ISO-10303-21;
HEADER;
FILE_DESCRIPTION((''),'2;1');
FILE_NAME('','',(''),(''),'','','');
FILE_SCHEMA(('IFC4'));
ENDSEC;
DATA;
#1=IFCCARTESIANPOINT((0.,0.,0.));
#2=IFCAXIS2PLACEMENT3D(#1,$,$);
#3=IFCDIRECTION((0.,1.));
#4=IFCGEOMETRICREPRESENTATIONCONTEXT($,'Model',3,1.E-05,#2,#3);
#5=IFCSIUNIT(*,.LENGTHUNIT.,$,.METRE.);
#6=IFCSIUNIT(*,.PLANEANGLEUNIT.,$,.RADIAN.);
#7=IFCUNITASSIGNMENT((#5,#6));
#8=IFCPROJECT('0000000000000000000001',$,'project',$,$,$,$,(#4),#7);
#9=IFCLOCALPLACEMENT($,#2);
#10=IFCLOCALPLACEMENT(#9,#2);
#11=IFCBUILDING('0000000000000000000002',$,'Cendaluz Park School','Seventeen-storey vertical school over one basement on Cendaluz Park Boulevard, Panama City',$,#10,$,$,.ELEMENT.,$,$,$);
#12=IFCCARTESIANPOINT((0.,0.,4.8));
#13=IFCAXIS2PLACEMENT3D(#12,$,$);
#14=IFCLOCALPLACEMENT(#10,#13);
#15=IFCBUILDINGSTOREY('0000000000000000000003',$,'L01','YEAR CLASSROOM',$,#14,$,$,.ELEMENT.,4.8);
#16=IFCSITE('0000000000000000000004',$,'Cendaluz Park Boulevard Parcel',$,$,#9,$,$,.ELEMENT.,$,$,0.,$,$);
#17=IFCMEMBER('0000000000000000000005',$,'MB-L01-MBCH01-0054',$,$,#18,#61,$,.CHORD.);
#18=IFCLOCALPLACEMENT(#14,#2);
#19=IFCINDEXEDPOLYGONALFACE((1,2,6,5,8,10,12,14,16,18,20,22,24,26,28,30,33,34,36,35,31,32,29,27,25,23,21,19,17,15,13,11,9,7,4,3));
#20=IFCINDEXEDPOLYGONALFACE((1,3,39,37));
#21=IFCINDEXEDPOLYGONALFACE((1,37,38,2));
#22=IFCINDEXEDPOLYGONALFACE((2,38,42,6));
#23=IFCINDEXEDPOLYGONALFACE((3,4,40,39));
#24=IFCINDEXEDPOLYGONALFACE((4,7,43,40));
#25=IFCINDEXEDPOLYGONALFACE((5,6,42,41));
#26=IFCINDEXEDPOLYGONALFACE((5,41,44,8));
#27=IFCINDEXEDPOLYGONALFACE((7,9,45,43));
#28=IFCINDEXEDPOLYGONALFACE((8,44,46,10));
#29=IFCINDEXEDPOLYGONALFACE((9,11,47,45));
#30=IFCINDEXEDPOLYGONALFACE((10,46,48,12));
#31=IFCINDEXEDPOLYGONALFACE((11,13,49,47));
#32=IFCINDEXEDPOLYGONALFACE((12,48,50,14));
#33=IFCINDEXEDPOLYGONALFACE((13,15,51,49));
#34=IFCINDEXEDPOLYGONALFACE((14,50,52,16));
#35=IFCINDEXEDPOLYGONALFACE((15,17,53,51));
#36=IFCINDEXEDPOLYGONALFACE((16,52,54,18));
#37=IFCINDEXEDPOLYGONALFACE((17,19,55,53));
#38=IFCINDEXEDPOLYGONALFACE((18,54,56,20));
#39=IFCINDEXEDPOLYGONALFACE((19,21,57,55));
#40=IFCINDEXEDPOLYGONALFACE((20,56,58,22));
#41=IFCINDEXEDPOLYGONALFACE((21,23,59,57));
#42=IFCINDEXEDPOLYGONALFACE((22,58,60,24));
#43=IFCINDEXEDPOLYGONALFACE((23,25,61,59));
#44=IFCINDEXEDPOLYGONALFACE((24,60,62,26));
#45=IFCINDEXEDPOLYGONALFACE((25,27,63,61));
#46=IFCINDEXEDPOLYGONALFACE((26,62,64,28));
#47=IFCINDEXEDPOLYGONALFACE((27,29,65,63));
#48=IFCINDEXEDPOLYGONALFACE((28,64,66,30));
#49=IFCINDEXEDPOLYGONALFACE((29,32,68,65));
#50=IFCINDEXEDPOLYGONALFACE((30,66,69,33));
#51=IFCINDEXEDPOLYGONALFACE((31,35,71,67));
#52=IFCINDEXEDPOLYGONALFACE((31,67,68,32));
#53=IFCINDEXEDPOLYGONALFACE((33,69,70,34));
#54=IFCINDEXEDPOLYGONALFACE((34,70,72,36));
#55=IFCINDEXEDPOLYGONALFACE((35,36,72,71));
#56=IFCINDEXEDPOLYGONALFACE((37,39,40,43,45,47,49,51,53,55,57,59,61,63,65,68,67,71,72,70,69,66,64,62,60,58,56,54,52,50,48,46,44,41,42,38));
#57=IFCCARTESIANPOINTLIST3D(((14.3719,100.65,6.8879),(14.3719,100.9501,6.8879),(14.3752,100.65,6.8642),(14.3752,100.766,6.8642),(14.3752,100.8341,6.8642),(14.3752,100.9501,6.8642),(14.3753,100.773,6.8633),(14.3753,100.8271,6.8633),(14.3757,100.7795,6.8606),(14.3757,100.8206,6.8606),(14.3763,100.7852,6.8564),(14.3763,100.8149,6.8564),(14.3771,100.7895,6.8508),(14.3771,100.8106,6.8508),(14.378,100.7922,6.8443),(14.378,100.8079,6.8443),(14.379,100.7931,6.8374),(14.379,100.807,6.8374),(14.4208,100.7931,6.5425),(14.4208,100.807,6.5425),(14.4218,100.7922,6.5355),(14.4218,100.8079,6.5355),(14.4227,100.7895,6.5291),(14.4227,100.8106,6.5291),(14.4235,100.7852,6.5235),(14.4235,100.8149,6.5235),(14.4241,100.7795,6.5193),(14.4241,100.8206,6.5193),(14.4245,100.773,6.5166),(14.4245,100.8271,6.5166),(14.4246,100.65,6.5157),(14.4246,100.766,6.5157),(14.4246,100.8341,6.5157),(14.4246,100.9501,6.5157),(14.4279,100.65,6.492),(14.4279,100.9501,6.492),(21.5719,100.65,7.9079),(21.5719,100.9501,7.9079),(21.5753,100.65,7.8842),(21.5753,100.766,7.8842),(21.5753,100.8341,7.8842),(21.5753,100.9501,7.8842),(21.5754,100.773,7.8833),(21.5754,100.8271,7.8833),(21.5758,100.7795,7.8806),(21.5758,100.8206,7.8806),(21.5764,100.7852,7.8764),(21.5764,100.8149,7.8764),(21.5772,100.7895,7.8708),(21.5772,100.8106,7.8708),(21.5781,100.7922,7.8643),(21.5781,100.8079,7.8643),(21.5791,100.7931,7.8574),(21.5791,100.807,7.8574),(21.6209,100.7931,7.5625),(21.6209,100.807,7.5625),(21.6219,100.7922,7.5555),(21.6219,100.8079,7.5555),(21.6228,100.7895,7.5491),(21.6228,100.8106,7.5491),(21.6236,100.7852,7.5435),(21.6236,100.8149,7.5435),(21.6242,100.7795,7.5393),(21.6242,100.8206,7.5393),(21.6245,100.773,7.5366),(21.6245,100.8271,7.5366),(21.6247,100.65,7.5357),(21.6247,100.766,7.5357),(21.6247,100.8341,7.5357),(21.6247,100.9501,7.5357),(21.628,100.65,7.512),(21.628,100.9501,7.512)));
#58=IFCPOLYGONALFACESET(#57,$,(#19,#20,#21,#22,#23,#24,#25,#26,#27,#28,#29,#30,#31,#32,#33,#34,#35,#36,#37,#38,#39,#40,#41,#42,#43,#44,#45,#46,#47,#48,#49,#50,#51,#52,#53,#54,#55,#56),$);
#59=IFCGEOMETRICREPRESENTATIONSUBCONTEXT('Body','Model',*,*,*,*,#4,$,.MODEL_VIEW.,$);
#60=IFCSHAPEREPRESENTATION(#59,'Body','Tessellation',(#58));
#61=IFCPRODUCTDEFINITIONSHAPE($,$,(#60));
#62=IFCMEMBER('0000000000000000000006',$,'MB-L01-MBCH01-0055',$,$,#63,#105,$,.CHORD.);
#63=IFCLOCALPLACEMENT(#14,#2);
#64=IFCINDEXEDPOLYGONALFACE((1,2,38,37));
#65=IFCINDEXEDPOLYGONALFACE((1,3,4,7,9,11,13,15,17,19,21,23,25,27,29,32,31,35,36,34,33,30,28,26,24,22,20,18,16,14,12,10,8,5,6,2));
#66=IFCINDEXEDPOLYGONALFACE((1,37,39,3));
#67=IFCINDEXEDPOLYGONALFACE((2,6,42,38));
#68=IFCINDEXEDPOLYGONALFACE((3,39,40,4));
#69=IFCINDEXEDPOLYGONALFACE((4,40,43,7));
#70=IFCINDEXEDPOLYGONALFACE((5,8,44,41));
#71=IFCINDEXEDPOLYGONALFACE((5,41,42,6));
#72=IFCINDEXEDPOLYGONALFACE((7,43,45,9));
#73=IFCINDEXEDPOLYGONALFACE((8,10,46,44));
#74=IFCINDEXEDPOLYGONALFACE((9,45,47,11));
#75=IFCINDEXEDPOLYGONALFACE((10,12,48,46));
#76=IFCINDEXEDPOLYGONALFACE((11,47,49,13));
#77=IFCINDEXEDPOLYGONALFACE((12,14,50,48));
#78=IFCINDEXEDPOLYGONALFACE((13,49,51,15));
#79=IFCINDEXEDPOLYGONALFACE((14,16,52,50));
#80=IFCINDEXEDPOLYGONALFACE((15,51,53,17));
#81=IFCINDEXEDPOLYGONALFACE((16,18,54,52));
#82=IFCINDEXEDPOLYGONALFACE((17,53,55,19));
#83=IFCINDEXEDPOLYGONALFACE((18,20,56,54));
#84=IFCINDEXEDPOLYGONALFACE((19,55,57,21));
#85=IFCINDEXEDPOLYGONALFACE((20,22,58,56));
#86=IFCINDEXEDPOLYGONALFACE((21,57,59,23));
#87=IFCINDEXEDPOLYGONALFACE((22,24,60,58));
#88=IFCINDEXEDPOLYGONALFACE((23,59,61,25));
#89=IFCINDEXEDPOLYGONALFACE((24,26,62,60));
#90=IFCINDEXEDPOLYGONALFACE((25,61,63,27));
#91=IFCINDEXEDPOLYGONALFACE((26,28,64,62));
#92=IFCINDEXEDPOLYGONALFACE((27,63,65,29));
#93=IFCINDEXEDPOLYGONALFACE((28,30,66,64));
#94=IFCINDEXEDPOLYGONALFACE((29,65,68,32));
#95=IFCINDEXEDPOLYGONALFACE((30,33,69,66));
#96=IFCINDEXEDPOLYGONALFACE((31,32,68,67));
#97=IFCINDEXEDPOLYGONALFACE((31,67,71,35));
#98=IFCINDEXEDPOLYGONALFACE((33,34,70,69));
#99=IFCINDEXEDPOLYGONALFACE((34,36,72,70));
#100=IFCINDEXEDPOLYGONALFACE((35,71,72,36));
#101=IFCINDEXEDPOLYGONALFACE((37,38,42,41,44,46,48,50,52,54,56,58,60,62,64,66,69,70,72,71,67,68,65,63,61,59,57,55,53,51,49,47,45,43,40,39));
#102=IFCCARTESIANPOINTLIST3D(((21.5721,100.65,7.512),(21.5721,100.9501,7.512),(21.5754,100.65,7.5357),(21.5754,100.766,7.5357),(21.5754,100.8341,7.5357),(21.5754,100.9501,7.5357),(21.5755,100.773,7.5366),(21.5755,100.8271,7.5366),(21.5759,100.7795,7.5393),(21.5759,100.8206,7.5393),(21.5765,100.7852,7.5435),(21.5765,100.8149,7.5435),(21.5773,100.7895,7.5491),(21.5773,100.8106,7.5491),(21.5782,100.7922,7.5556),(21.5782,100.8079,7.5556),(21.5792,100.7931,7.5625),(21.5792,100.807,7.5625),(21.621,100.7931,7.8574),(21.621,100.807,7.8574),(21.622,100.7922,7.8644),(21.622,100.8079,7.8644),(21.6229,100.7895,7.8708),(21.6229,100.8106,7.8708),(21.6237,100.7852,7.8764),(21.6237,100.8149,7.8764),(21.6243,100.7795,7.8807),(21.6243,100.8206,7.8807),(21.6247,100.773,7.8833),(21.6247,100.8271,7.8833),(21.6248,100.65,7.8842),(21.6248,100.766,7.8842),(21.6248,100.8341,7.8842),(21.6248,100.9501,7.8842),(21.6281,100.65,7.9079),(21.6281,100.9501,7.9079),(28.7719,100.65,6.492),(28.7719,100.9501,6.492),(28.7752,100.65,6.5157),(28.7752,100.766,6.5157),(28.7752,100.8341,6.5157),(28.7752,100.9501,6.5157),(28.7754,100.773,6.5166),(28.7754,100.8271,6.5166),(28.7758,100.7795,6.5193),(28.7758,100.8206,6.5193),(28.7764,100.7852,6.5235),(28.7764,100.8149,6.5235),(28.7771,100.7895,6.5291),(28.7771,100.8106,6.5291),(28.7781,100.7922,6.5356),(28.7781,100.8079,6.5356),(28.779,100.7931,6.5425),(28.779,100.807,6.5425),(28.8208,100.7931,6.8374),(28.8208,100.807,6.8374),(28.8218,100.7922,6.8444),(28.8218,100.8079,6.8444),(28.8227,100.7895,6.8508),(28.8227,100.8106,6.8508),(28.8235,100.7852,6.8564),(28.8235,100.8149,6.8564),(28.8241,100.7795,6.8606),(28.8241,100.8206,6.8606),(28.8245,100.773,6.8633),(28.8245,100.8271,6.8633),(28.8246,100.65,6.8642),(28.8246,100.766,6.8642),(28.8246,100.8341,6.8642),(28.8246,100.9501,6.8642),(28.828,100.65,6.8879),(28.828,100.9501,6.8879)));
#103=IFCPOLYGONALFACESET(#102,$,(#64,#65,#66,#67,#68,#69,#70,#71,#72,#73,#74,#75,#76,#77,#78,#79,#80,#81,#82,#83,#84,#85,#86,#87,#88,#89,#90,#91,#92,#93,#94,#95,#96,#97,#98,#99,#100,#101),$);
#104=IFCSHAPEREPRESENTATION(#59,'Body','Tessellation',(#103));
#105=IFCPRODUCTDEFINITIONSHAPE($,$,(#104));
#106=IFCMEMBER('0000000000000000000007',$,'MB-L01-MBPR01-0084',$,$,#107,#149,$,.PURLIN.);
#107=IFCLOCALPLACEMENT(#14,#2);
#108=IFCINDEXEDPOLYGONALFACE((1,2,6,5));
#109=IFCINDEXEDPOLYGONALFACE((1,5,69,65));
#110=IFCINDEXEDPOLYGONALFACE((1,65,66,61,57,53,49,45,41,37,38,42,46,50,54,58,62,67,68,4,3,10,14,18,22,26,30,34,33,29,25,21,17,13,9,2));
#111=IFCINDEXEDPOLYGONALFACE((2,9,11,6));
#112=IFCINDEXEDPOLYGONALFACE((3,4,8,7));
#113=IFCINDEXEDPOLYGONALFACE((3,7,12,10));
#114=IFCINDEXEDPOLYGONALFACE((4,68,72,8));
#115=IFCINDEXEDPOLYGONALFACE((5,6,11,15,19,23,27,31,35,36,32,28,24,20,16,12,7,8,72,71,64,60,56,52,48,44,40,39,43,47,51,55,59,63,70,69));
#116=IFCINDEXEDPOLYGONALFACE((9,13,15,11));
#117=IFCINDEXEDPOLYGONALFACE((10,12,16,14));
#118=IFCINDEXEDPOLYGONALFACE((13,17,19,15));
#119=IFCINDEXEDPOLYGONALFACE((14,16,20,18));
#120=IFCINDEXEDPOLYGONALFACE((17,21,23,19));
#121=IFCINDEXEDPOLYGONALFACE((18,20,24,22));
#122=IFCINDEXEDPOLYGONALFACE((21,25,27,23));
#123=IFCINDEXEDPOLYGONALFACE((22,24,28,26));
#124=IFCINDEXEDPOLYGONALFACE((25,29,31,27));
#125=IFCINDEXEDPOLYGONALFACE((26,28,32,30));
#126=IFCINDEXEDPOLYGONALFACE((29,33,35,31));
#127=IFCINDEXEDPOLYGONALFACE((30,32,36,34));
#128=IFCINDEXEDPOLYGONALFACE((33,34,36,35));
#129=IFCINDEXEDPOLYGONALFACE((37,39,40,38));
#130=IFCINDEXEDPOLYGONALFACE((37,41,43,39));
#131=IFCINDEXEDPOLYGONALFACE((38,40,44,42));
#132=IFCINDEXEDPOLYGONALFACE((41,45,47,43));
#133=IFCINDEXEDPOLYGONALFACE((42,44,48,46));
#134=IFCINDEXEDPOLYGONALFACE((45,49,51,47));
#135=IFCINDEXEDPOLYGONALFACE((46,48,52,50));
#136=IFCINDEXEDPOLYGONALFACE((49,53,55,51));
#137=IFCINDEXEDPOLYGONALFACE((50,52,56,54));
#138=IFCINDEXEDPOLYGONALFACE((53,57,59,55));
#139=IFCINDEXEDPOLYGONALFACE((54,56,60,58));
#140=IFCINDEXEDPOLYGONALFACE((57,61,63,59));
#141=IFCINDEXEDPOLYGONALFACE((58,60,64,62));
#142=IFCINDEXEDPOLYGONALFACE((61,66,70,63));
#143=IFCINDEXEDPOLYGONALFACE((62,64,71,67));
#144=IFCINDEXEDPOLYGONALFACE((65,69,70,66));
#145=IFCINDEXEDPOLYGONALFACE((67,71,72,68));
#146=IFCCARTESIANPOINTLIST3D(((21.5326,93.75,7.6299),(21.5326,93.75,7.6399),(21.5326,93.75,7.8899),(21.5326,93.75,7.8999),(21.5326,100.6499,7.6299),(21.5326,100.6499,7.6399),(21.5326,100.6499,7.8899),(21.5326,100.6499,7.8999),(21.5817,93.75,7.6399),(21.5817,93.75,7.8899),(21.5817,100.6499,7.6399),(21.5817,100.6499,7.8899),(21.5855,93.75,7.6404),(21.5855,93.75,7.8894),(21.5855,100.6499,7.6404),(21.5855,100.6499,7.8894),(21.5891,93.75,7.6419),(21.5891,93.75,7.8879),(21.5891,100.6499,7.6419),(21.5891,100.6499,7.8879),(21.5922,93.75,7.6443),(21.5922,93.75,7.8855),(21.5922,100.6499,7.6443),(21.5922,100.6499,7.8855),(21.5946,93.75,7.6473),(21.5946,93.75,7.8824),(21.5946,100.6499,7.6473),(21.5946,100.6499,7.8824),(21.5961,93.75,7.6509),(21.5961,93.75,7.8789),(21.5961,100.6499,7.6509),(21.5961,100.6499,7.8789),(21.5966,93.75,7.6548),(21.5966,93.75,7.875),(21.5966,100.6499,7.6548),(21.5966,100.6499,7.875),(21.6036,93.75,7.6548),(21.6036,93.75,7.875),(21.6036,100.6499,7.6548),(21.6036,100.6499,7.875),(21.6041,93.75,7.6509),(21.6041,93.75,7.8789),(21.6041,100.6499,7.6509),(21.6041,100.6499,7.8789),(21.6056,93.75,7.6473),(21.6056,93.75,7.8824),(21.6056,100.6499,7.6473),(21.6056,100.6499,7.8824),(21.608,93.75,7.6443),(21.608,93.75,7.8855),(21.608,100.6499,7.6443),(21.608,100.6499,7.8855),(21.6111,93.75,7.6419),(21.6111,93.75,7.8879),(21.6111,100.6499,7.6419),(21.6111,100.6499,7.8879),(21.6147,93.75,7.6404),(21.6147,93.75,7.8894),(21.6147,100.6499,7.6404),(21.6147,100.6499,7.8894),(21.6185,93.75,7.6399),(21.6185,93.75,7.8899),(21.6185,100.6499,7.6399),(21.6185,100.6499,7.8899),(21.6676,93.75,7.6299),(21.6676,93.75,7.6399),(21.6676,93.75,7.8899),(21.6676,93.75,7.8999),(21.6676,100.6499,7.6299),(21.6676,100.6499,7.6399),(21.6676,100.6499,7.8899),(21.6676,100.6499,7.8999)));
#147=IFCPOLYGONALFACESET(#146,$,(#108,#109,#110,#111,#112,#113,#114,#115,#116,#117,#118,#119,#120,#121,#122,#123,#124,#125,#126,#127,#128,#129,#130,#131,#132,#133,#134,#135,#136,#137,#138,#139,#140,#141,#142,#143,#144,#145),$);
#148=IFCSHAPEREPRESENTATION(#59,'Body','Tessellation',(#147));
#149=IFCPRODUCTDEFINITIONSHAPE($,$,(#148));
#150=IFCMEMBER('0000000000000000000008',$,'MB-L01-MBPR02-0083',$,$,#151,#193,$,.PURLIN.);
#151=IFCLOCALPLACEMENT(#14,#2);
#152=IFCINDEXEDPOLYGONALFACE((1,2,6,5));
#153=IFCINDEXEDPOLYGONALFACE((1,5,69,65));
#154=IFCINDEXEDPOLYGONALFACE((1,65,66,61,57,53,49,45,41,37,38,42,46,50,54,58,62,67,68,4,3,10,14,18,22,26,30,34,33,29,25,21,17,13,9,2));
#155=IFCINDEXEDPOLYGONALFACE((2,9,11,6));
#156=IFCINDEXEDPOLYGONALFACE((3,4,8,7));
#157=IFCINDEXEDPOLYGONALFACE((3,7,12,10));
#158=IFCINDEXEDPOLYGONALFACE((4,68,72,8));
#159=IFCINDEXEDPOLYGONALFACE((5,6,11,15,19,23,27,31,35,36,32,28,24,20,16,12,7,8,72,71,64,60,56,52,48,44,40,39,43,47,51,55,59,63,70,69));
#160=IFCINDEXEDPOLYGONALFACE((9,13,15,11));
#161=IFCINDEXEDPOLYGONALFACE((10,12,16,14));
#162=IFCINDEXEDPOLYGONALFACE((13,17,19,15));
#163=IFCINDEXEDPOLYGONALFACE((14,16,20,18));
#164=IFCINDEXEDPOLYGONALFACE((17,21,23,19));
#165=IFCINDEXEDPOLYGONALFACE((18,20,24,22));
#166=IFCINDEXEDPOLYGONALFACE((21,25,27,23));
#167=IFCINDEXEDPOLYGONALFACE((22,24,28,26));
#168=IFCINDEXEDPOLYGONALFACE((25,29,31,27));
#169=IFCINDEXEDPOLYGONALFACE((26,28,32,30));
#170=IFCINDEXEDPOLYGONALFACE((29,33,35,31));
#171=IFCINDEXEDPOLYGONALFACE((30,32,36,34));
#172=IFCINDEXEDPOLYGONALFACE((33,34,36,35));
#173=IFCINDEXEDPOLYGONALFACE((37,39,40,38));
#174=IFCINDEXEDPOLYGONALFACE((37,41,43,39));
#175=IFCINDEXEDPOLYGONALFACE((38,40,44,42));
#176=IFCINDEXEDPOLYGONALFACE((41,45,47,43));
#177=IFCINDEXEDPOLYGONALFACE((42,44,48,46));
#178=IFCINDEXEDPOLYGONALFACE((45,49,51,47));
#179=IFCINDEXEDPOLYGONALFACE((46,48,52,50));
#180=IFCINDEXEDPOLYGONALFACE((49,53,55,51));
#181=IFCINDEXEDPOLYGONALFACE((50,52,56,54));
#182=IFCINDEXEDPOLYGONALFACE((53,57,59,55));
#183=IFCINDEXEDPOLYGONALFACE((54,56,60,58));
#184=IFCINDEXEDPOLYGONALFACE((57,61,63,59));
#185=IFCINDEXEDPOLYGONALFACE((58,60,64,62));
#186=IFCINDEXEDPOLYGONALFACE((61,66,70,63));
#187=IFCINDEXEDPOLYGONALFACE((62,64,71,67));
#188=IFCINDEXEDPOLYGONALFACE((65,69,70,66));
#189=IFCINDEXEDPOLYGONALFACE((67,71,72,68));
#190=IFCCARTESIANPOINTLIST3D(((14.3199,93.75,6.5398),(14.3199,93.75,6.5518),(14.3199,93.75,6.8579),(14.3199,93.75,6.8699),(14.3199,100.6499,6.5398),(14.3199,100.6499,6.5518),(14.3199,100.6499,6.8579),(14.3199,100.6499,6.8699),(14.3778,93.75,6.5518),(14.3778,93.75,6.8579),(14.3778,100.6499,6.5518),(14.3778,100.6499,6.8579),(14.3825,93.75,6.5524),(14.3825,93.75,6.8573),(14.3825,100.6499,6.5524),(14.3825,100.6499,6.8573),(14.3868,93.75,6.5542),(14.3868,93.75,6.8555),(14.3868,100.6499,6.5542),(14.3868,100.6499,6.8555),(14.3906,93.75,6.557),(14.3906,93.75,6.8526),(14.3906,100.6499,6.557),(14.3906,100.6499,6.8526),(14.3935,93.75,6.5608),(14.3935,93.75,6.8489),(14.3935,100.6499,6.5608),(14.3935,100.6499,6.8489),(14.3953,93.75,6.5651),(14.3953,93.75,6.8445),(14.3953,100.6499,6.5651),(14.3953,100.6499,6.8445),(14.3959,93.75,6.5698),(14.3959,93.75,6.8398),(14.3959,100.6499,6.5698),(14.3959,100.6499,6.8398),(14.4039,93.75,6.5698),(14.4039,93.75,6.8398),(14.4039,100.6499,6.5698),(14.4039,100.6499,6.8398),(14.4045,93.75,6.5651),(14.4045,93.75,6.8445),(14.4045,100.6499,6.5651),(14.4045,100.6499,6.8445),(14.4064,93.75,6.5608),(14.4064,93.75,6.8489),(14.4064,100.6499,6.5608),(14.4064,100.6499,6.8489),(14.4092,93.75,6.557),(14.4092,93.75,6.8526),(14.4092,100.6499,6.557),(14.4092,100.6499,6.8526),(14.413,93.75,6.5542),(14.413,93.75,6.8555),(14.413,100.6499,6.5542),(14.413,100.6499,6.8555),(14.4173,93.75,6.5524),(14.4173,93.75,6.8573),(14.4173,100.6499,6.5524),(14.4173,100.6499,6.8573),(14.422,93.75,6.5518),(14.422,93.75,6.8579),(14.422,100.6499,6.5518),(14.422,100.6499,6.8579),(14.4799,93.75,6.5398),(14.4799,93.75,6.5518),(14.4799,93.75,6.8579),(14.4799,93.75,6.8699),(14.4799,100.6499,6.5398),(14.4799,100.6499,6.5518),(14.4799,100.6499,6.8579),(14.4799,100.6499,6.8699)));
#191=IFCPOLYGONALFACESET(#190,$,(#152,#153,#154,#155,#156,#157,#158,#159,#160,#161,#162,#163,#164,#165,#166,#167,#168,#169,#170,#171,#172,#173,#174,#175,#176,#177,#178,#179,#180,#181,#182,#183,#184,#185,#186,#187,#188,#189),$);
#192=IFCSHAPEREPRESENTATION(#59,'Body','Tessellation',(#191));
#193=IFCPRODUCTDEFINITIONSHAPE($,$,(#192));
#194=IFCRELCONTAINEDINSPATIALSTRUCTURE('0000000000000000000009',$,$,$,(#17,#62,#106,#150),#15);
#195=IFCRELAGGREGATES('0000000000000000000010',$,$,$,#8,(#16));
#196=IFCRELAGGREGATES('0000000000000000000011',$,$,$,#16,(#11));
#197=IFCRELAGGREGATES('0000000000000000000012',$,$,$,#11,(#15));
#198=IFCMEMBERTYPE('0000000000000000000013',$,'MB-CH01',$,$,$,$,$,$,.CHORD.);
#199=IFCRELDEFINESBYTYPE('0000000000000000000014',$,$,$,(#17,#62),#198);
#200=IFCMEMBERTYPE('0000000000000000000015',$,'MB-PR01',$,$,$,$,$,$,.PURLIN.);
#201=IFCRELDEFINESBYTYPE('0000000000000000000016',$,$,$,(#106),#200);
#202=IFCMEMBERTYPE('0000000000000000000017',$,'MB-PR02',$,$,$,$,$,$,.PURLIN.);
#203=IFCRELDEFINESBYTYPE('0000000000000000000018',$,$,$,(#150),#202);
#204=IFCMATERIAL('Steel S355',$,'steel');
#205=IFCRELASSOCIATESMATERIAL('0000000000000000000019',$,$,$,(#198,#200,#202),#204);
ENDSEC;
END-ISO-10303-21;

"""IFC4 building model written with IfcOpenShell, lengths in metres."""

from ifc_helpers import new_model, si_unit, direction, frame, origin, origin_2d, place, context, subcontext, project, spatial, i_section, extrude, material, material_profile, profile_set, type_object, element, save


model = new_model("IFC4")

# Units and contexts
model_context = context("Model", 3, precision=1e-05, world=origin(), true_north=direction((0.0, 1.0)))
body_context = subcontext(model_context, "Body", "Model", "MODEL_VIEW")
ifc_project = project(units=[si_unit("LENGTHUNIT", "METRE"), si_unit("PLANEANGLEUNIT", "RADIAN")], contexts=[model_context])

# Site, building, storey
site_placement = place(None, origin())
site = spatial("IfcSite", under=ifc_project, at=site_placement, Name="Cendaluz Park Boulevard Parcel", CompositionType="ELEMENT", RefElevation=0.0)
building_placement = place(site_placement, origin())
building = spatial("IfcBuilding", under=site, at=building_placement, Name="Cendaluz Park School", Description="Seventeen-storey vertical school over one basement on Cendaluz Park Boulevard, Panama City", CompositionType="ELEMENT")
storey_placement = place(building_placement, frame((0.0, 0.0, 4.8)))
storey = spatial("IfcBuildingStorey", under=building, at=storey_placement, Name="L01", Description="YEAR CLASSROOM", CompositionType="ELEMENT", Elevation=4.8)

# Members
ifc_material_1 = material(Name="Steel S355", Category="steel")
ifc_material_profile_1 = material_profile(ifc_material_1, i_section(OverallWidth=0.3, OverallDepth=0.3999, WebThickness=0.0139, FlangeThickness=0.0239, FilletRadius=0.0271, at=origin_2d()), Name="HEB 400", Category="steel")
ifc_profile_set_1 = profile_set([ifc_material_profile_1], Name="Steel S355")
member_type_1 = type_object("IfcMemberType", Name="MB-CH01", PredefinedType="CHORD", material=ifc_profile_set_1)
member_1_placement = place(storey_placement, frame((14.3999, 100.8, 6.6899), z_axis=(0.990114, 0.0, 0.140265), x_axis=(0.0, 1.0, 0.0)))
element("IfcMember", 1, at=member_1_placement, inside=storey, type_object=member_type_1, Name="MB-L01-MBCH01-0054", PredefinedType="CHORD", context=body_context, shape_type="SweptSolid", body=[
    extrude(i_section(OverallWidth=0.3, OverallDepth=0.3999, WebThickness=0.0139, FlangeThickness=0.0239, FilletRadius=0.0271, at=origin_2d()), origin(), (0.0, 0.0, 1.0), 7.272),
])
member_2_placement = place(storey_placement, frame((21.6001, 100.8, 7.71), z_axis=(0.990113, 0.0, -0.14027), x_axis=(0.0, 1.0, 0.0)))
element("IfcMember", 2, at=member_2_placement, inside=storey, type_object=member_type_1, Name="MB-L01-MBCH01-0055", PredefinedType="CHORD", context=body_context, shape_type="SweptSolid", body=[
    extrude(i_section(OverallWidth=0.3, OverallDepth=0.3999, WebThickness=0.0139, FlangeThickness=0.0239, FilletRadius=0.0271, at=origin_2d()), origin(), (0.0, 0.0, 1.0), 7.2717),
])
ifc_material_profile_2 = material_profile(ifc_material_1, i_section(OverallWidth=0.135, OverallDepth=0.27, WebThickness=0.0071, FlangeThickness=0.01, FilletRadius=0.0149, at=origin_2d()), Name="IPE 270", Category="steel")
ifc_profile_set_2 = profile_set([ifc_material_profile_2], Name="Steel S355")
member_type_2 = type_object("IfcMemberType", Name="MB-PR01", PredefinedType="PURLIN", material=ifc_profile_set_2)
member_3_placement = place(storey_placement, frame((21.6001, 93.75, 7.7649), z_axis=(0.0, 1.0, 0.0), x_axis=(-1.0, 0.0, 0.0)))
element("IfcMember", 3, at=member_3_placement, inside=storey, type_object=member_type_2, Name="MB-L01-MBPR01-0084", PredefinedType="PURLIN", context=body_context, shape_type="SweptSolid", body=[
    extrude(i_section(OverallWidth=0.135, OverallDepth=0.27, WebThickness=0.0071, FlangeThickness=0.01, FilletRadius=0.0149, at=origin_2d()), origin(), (0.0, 0.0, 1.0), 6.8999),
])
ifc_material_profile_3 = material_profile(ifc_material_1, i_section(OverallWidth=0.1599, OverallDepth=0.3301, WebThickness=0.0081, FlangeThickness=0.012, FilletRadius=0.0181, at=origin_2d()), Name="IPE 330", Category="steel")
ifc_profile_set_3 = profile_set([ifc_material_profile_3], Name="Steel S355")
member_type_3 = type_object("IfcMemberType", Name="MB-PR02", PredefinedType="PURLIN", material=ifc_profile_set_3)
member_4_placement = place(storey_placement, frame((14.3999, 93.75, 6.7048), z_axis=(0.0, 1.0, 0.0), x_axis=(-1.0, 0.0, 0.0)))
element("IfcMember", 4, at=member_4_placement, inside=storey, type_object=member_type_3, Name="MB-L01-MBPR02-0083", PredefinedType="PURLIN", context=body_context, shape_type="SweptSolid", body=[
    extrude(i_section(OverallWidth=0.1599, OverallDepth=0.3301, WebThickness=0.0081, FlangeThickness=0.012, FilletRadius=0.0181, at=origin_2d()), origin(), (0.0, 0.0, 1.0), 6.8999),
])

save(model, "model.ifc")
